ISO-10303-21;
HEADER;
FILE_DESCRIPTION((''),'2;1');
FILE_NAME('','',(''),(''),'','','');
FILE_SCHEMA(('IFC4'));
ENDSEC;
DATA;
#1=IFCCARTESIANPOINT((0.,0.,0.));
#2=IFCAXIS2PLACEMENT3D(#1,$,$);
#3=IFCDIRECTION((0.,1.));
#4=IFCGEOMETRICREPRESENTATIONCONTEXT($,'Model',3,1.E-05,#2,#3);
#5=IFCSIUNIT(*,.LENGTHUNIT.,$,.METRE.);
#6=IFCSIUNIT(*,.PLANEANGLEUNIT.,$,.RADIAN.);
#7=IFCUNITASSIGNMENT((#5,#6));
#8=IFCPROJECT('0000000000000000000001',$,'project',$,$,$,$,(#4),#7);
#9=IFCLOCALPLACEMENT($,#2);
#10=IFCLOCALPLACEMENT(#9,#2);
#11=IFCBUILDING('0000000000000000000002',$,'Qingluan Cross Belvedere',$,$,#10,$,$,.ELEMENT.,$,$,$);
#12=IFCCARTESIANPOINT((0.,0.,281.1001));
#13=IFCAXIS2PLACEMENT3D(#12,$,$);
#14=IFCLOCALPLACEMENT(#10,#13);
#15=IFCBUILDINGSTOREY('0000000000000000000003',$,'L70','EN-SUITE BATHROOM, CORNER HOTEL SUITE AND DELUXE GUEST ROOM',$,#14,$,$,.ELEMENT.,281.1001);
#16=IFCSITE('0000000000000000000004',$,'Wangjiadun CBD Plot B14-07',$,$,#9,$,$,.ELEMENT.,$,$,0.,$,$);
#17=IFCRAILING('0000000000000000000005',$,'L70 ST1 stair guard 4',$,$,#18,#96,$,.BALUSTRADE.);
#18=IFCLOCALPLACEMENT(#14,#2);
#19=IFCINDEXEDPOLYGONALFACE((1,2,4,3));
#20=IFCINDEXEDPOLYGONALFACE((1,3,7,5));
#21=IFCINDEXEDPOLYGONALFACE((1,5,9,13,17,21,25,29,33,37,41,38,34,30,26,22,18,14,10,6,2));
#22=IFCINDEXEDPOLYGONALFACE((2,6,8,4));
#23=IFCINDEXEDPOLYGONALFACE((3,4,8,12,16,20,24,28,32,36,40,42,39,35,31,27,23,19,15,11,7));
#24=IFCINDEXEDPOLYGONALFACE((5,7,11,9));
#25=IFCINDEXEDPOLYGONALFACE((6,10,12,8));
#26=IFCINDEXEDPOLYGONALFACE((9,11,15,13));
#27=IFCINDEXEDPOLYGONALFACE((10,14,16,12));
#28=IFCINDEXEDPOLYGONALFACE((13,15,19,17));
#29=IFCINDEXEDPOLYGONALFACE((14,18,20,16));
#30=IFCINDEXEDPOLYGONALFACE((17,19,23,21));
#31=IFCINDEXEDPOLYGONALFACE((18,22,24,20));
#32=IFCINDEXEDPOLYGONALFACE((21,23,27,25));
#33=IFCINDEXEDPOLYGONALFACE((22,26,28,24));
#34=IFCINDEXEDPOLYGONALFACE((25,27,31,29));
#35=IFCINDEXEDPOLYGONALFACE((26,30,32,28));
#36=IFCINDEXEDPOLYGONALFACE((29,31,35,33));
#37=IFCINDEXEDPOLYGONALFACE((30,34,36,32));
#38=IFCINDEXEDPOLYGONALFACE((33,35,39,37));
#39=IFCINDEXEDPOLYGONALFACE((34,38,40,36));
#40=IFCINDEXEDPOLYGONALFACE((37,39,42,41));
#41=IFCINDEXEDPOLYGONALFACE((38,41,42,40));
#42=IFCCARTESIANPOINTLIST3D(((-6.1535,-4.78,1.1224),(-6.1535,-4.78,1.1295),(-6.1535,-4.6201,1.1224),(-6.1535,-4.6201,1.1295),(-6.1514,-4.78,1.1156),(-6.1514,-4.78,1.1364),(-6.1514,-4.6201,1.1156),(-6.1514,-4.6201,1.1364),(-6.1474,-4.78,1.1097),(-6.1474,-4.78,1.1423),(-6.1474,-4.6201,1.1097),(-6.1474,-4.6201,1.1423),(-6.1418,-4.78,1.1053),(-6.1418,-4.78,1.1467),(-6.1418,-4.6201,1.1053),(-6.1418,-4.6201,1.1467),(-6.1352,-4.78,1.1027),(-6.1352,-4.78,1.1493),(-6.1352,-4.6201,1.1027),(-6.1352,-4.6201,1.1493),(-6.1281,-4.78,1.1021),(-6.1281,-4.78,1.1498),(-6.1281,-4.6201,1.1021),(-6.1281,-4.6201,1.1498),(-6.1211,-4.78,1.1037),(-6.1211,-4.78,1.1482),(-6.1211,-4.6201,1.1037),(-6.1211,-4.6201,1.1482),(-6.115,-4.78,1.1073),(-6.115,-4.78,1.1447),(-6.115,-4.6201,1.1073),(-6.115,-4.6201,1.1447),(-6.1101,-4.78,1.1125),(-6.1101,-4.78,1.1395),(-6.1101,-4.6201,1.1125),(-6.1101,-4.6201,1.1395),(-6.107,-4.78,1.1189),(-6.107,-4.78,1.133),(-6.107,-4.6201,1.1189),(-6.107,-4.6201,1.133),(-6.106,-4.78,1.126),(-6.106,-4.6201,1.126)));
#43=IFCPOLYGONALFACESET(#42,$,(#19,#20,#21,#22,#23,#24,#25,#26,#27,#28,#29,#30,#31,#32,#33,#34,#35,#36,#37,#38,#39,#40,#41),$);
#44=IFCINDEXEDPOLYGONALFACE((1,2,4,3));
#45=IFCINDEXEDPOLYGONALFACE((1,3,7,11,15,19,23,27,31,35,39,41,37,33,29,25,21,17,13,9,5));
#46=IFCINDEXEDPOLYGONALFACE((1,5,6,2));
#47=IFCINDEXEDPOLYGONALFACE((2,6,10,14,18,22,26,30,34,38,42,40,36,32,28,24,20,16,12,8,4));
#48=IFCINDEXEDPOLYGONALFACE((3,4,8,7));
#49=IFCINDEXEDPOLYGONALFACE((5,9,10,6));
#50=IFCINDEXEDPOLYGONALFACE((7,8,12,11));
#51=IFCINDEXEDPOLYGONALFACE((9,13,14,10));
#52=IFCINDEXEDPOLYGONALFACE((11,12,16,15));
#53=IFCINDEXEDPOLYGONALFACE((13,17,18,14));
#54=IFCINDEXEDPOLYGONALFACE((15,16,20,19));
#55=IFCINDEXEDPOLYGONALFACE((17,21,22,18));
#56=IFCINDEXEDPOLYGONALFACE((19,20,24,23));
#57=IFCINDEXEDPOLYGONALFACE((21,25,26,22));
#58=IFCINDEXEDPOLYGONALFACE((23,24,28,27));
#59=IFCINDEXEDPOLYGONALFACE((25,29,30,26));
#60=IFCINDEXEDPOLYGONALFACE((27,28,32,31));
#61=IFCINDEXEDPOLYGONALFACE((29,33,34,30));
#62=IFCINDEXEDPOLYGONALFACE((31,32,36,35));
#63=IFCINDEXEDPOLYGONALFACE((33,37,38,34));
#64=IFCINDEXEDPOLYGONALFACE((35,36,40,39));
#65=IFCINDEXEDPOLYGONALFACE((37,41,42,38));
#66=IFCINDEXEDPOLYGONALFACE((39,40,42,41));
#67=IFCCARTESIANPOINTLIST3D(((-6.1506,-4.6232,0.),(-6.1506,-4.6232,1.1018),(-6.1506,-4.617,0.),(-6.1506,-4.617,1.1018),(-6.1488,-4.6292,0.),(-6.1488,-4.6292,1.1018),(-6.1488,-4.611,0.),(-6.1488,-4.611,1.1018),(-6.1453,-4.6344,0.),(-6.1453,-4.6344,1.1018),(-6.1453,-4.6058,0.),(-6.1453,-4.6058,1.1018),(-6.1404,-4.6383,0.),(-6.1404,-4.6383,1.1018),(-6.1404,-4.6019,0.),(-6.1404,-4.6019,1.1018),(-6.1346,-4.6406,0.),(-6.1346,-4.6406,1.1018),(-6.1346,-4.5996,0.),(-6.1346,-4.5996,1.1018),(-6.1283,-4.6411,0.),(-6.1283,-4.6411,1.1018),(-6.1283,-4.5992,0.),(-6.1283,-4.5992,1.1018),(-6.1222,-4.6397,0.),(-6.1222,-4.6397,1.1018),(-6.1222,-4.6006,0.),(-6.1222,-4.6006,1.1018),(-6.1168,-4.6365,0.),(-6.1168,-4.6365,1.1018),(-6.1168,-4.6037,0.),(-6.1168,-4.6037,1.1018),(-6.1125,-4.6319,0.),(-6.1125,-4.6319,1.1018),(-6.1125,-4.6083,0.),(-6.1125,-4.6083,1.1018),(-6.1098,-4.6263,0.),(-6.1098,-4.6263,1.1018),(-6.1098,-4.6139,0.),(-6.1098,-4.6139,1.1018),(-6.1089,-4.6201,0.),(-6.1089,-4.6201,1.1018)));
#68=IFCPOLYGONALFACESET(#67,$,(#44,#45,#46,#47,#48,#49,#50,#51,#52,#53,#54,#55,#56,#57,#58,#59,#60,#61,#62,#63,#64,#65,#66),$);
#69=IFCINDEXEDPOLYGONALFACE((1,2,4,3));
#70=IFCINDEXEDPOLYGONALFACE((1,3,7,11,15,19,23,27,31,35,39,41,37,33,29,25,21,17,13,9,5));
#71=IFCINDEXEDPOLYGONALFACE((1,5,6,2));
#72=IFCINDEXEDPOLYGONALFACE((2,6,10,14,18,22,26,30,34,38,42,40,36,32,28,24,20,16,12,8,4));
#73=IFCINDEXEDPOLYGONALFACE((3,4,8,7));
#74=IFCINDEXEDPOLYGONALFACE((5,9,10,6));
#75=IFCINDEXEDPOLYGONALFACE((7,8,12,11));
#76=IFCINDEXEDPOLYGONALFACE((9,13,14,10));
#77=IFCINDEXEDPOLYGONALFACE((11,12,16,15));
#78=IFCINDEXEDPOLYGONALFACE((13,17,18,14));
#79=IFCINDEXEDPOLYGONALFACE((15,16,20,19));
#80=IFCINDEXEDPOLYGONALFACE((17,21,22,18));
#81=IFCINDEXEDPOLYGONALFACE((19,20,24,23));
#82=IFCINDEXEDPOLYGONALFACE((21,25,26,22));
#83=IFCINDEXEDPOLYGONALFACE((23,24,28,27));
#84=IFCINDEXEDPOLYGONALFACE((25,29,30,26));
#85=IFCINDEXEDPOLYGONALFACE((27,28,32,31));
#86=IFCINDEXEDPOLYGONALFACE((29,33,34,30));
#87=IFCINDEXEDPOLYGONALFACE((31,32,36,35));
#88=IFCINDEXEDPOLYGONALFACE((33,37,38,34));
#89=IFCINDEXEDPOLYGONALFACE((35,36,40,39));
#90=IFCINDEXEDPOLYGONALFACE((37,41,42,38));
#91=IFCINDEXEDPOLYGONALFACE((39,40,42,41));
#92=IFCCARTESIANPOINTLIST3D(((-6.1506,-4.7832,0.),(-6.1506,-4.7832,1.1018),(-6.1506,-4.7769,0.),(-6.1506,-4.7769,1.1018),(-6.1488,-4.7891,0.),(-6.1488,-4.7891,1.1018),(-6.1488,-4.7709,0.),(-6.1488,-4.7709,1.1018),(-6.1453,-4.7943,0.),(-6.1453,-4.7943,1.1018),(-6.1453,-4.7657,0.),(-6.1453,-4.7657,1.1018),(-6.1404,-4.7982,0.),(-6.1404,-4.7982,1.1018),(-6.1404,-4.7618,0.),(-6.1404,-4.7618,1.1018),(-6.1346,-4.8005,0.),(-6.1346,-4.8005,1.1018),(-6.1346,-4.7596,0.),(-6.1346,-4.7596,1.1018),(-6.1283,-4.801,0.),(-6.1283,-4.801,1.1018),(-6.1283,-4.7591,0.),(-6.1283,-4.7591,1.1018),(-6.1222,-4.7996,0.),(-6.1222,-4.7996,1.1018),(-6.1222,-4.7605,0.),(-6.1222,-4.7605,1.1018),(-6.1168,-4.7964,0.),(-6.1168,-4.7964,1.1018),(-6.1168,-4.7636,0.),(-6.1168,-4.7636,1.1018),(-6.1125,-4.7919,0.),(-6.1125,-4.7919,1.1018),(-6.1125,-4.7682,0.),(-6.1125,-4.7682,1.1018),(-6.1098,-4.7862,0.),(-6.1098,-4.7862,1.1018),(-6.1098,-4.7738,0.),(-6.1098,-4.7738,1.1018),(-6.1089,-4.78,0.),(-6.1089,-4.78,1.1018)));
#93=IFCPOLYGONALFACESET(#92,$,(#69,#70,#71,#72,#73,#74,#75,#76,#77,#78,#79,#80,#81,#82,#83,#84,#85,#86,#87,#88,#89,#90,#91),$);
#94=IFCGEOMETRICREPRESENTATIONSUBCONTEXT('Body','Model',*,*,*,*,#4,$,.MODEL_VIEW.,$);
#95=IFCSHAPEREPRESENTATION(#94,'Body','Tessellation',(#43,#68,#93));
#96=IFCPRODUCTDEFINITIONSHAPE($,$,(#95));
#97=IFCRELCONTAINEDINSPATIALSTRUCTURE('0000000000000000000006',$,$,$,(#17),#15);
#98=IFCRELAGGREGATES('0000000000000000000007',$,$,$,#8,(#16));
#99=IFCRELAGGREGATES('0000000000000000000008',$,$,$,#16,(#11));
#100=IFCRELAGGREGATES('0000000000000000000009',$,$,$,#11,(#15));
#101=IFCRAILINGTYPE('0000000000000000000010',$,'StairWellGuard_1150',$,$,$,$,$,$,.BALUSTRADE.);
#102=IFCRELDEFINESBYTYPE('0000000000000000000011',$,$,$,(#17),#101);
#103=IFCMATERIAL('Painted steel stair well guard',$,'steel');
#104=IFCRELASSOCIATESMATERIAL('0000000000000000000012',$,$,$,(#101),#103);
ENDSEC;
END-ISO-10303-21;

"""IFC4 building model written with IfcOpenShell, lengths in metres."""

from ifc_helpers import new_model, si_unit, direction, frame, origin, origin_2d, place, context, subcontext, project, spatial, circle, extrude, material, type_object, element, save


model = new_model("IFC4")

# Units and contexts
model_context = context("Model", 3, precision=1e-05, world=origin(), true_north=direction((0.0, 1.0)))
body_context = subcontext(model_context, "Body", "Model", "MODEL_VIEW")
ifc_project = project(units=[si_unit("LENGTHUNIT", "METRE"), si_unit("PLANEANGLEUNIT", "RADIAN")], contexts=[model_context])

# Site, building, storey
site_placement = place(None, origin())
site = spatial("IfcSite", under=ifc_project, at=site_placement, Name="Wangjiadun CBD Plot B14-07", CompositionType="ELEMENT", RefElevation=0.0)
building_placement = place(site_placement, origin())
building = spatial("IfcBuilding", under=site, at=building_placement, Name="Qingluan Cross Belvedere", CompositionType="ELEMENT")
storey_placement = place(building_placement, frame((0.0, 0.0, 281.1001)))
storey = spatial("IfcBuildingStorey", under=building, at=storey_placement, Name="L70", Description="EN-SUITE BATHROOM, CORNER HOTEL SUITE AND DELUXE GUEST ROOM", CompositionType="ELEMENT", Elevation=281.1001)

# Railing
ifc_material_1 = material(Name="Painted steel stair well guard", Category="steel")
railing_type_1 = type_object("IfcRailingType", Name="StairWellGuard_1150", PredefinedType="BALUSTRADE", material=ifc_material_1)
railing_1_placement = place(storey_placement, frame((-6.1299, -4.6201, 0.0)))
element("IfcRailing", 1, at=railing_1_placement, inside=storey, type_object=railing_type_1, Name="L70 ST1 stair guard 4", PredefinedType="BALUSTRADE", context=body_context, shape_type="SweptSolid", body=[
    extrude(circle(Radius=0.0239, at=origin_2d()), frame((0.0, 0.0, 1.126), z_axis=(0.0, -1.0, 0.0), x_axis=(1.0, 0.0, 0.0)), (0.0, 0.0, 1.0), 0.1599),
    extrude(circle(Radius=0.021, at=origin_2d()), origin(), (0.0, 0.0, 1.0), 1.1018),
    extrude(circle(Radius=0.021, at=origin_2d()), frame((0.0, -0.1599, 0.0)), (0.0, 0.0, 1.0), 1.1018),
])

save(model, "model.ifc")
